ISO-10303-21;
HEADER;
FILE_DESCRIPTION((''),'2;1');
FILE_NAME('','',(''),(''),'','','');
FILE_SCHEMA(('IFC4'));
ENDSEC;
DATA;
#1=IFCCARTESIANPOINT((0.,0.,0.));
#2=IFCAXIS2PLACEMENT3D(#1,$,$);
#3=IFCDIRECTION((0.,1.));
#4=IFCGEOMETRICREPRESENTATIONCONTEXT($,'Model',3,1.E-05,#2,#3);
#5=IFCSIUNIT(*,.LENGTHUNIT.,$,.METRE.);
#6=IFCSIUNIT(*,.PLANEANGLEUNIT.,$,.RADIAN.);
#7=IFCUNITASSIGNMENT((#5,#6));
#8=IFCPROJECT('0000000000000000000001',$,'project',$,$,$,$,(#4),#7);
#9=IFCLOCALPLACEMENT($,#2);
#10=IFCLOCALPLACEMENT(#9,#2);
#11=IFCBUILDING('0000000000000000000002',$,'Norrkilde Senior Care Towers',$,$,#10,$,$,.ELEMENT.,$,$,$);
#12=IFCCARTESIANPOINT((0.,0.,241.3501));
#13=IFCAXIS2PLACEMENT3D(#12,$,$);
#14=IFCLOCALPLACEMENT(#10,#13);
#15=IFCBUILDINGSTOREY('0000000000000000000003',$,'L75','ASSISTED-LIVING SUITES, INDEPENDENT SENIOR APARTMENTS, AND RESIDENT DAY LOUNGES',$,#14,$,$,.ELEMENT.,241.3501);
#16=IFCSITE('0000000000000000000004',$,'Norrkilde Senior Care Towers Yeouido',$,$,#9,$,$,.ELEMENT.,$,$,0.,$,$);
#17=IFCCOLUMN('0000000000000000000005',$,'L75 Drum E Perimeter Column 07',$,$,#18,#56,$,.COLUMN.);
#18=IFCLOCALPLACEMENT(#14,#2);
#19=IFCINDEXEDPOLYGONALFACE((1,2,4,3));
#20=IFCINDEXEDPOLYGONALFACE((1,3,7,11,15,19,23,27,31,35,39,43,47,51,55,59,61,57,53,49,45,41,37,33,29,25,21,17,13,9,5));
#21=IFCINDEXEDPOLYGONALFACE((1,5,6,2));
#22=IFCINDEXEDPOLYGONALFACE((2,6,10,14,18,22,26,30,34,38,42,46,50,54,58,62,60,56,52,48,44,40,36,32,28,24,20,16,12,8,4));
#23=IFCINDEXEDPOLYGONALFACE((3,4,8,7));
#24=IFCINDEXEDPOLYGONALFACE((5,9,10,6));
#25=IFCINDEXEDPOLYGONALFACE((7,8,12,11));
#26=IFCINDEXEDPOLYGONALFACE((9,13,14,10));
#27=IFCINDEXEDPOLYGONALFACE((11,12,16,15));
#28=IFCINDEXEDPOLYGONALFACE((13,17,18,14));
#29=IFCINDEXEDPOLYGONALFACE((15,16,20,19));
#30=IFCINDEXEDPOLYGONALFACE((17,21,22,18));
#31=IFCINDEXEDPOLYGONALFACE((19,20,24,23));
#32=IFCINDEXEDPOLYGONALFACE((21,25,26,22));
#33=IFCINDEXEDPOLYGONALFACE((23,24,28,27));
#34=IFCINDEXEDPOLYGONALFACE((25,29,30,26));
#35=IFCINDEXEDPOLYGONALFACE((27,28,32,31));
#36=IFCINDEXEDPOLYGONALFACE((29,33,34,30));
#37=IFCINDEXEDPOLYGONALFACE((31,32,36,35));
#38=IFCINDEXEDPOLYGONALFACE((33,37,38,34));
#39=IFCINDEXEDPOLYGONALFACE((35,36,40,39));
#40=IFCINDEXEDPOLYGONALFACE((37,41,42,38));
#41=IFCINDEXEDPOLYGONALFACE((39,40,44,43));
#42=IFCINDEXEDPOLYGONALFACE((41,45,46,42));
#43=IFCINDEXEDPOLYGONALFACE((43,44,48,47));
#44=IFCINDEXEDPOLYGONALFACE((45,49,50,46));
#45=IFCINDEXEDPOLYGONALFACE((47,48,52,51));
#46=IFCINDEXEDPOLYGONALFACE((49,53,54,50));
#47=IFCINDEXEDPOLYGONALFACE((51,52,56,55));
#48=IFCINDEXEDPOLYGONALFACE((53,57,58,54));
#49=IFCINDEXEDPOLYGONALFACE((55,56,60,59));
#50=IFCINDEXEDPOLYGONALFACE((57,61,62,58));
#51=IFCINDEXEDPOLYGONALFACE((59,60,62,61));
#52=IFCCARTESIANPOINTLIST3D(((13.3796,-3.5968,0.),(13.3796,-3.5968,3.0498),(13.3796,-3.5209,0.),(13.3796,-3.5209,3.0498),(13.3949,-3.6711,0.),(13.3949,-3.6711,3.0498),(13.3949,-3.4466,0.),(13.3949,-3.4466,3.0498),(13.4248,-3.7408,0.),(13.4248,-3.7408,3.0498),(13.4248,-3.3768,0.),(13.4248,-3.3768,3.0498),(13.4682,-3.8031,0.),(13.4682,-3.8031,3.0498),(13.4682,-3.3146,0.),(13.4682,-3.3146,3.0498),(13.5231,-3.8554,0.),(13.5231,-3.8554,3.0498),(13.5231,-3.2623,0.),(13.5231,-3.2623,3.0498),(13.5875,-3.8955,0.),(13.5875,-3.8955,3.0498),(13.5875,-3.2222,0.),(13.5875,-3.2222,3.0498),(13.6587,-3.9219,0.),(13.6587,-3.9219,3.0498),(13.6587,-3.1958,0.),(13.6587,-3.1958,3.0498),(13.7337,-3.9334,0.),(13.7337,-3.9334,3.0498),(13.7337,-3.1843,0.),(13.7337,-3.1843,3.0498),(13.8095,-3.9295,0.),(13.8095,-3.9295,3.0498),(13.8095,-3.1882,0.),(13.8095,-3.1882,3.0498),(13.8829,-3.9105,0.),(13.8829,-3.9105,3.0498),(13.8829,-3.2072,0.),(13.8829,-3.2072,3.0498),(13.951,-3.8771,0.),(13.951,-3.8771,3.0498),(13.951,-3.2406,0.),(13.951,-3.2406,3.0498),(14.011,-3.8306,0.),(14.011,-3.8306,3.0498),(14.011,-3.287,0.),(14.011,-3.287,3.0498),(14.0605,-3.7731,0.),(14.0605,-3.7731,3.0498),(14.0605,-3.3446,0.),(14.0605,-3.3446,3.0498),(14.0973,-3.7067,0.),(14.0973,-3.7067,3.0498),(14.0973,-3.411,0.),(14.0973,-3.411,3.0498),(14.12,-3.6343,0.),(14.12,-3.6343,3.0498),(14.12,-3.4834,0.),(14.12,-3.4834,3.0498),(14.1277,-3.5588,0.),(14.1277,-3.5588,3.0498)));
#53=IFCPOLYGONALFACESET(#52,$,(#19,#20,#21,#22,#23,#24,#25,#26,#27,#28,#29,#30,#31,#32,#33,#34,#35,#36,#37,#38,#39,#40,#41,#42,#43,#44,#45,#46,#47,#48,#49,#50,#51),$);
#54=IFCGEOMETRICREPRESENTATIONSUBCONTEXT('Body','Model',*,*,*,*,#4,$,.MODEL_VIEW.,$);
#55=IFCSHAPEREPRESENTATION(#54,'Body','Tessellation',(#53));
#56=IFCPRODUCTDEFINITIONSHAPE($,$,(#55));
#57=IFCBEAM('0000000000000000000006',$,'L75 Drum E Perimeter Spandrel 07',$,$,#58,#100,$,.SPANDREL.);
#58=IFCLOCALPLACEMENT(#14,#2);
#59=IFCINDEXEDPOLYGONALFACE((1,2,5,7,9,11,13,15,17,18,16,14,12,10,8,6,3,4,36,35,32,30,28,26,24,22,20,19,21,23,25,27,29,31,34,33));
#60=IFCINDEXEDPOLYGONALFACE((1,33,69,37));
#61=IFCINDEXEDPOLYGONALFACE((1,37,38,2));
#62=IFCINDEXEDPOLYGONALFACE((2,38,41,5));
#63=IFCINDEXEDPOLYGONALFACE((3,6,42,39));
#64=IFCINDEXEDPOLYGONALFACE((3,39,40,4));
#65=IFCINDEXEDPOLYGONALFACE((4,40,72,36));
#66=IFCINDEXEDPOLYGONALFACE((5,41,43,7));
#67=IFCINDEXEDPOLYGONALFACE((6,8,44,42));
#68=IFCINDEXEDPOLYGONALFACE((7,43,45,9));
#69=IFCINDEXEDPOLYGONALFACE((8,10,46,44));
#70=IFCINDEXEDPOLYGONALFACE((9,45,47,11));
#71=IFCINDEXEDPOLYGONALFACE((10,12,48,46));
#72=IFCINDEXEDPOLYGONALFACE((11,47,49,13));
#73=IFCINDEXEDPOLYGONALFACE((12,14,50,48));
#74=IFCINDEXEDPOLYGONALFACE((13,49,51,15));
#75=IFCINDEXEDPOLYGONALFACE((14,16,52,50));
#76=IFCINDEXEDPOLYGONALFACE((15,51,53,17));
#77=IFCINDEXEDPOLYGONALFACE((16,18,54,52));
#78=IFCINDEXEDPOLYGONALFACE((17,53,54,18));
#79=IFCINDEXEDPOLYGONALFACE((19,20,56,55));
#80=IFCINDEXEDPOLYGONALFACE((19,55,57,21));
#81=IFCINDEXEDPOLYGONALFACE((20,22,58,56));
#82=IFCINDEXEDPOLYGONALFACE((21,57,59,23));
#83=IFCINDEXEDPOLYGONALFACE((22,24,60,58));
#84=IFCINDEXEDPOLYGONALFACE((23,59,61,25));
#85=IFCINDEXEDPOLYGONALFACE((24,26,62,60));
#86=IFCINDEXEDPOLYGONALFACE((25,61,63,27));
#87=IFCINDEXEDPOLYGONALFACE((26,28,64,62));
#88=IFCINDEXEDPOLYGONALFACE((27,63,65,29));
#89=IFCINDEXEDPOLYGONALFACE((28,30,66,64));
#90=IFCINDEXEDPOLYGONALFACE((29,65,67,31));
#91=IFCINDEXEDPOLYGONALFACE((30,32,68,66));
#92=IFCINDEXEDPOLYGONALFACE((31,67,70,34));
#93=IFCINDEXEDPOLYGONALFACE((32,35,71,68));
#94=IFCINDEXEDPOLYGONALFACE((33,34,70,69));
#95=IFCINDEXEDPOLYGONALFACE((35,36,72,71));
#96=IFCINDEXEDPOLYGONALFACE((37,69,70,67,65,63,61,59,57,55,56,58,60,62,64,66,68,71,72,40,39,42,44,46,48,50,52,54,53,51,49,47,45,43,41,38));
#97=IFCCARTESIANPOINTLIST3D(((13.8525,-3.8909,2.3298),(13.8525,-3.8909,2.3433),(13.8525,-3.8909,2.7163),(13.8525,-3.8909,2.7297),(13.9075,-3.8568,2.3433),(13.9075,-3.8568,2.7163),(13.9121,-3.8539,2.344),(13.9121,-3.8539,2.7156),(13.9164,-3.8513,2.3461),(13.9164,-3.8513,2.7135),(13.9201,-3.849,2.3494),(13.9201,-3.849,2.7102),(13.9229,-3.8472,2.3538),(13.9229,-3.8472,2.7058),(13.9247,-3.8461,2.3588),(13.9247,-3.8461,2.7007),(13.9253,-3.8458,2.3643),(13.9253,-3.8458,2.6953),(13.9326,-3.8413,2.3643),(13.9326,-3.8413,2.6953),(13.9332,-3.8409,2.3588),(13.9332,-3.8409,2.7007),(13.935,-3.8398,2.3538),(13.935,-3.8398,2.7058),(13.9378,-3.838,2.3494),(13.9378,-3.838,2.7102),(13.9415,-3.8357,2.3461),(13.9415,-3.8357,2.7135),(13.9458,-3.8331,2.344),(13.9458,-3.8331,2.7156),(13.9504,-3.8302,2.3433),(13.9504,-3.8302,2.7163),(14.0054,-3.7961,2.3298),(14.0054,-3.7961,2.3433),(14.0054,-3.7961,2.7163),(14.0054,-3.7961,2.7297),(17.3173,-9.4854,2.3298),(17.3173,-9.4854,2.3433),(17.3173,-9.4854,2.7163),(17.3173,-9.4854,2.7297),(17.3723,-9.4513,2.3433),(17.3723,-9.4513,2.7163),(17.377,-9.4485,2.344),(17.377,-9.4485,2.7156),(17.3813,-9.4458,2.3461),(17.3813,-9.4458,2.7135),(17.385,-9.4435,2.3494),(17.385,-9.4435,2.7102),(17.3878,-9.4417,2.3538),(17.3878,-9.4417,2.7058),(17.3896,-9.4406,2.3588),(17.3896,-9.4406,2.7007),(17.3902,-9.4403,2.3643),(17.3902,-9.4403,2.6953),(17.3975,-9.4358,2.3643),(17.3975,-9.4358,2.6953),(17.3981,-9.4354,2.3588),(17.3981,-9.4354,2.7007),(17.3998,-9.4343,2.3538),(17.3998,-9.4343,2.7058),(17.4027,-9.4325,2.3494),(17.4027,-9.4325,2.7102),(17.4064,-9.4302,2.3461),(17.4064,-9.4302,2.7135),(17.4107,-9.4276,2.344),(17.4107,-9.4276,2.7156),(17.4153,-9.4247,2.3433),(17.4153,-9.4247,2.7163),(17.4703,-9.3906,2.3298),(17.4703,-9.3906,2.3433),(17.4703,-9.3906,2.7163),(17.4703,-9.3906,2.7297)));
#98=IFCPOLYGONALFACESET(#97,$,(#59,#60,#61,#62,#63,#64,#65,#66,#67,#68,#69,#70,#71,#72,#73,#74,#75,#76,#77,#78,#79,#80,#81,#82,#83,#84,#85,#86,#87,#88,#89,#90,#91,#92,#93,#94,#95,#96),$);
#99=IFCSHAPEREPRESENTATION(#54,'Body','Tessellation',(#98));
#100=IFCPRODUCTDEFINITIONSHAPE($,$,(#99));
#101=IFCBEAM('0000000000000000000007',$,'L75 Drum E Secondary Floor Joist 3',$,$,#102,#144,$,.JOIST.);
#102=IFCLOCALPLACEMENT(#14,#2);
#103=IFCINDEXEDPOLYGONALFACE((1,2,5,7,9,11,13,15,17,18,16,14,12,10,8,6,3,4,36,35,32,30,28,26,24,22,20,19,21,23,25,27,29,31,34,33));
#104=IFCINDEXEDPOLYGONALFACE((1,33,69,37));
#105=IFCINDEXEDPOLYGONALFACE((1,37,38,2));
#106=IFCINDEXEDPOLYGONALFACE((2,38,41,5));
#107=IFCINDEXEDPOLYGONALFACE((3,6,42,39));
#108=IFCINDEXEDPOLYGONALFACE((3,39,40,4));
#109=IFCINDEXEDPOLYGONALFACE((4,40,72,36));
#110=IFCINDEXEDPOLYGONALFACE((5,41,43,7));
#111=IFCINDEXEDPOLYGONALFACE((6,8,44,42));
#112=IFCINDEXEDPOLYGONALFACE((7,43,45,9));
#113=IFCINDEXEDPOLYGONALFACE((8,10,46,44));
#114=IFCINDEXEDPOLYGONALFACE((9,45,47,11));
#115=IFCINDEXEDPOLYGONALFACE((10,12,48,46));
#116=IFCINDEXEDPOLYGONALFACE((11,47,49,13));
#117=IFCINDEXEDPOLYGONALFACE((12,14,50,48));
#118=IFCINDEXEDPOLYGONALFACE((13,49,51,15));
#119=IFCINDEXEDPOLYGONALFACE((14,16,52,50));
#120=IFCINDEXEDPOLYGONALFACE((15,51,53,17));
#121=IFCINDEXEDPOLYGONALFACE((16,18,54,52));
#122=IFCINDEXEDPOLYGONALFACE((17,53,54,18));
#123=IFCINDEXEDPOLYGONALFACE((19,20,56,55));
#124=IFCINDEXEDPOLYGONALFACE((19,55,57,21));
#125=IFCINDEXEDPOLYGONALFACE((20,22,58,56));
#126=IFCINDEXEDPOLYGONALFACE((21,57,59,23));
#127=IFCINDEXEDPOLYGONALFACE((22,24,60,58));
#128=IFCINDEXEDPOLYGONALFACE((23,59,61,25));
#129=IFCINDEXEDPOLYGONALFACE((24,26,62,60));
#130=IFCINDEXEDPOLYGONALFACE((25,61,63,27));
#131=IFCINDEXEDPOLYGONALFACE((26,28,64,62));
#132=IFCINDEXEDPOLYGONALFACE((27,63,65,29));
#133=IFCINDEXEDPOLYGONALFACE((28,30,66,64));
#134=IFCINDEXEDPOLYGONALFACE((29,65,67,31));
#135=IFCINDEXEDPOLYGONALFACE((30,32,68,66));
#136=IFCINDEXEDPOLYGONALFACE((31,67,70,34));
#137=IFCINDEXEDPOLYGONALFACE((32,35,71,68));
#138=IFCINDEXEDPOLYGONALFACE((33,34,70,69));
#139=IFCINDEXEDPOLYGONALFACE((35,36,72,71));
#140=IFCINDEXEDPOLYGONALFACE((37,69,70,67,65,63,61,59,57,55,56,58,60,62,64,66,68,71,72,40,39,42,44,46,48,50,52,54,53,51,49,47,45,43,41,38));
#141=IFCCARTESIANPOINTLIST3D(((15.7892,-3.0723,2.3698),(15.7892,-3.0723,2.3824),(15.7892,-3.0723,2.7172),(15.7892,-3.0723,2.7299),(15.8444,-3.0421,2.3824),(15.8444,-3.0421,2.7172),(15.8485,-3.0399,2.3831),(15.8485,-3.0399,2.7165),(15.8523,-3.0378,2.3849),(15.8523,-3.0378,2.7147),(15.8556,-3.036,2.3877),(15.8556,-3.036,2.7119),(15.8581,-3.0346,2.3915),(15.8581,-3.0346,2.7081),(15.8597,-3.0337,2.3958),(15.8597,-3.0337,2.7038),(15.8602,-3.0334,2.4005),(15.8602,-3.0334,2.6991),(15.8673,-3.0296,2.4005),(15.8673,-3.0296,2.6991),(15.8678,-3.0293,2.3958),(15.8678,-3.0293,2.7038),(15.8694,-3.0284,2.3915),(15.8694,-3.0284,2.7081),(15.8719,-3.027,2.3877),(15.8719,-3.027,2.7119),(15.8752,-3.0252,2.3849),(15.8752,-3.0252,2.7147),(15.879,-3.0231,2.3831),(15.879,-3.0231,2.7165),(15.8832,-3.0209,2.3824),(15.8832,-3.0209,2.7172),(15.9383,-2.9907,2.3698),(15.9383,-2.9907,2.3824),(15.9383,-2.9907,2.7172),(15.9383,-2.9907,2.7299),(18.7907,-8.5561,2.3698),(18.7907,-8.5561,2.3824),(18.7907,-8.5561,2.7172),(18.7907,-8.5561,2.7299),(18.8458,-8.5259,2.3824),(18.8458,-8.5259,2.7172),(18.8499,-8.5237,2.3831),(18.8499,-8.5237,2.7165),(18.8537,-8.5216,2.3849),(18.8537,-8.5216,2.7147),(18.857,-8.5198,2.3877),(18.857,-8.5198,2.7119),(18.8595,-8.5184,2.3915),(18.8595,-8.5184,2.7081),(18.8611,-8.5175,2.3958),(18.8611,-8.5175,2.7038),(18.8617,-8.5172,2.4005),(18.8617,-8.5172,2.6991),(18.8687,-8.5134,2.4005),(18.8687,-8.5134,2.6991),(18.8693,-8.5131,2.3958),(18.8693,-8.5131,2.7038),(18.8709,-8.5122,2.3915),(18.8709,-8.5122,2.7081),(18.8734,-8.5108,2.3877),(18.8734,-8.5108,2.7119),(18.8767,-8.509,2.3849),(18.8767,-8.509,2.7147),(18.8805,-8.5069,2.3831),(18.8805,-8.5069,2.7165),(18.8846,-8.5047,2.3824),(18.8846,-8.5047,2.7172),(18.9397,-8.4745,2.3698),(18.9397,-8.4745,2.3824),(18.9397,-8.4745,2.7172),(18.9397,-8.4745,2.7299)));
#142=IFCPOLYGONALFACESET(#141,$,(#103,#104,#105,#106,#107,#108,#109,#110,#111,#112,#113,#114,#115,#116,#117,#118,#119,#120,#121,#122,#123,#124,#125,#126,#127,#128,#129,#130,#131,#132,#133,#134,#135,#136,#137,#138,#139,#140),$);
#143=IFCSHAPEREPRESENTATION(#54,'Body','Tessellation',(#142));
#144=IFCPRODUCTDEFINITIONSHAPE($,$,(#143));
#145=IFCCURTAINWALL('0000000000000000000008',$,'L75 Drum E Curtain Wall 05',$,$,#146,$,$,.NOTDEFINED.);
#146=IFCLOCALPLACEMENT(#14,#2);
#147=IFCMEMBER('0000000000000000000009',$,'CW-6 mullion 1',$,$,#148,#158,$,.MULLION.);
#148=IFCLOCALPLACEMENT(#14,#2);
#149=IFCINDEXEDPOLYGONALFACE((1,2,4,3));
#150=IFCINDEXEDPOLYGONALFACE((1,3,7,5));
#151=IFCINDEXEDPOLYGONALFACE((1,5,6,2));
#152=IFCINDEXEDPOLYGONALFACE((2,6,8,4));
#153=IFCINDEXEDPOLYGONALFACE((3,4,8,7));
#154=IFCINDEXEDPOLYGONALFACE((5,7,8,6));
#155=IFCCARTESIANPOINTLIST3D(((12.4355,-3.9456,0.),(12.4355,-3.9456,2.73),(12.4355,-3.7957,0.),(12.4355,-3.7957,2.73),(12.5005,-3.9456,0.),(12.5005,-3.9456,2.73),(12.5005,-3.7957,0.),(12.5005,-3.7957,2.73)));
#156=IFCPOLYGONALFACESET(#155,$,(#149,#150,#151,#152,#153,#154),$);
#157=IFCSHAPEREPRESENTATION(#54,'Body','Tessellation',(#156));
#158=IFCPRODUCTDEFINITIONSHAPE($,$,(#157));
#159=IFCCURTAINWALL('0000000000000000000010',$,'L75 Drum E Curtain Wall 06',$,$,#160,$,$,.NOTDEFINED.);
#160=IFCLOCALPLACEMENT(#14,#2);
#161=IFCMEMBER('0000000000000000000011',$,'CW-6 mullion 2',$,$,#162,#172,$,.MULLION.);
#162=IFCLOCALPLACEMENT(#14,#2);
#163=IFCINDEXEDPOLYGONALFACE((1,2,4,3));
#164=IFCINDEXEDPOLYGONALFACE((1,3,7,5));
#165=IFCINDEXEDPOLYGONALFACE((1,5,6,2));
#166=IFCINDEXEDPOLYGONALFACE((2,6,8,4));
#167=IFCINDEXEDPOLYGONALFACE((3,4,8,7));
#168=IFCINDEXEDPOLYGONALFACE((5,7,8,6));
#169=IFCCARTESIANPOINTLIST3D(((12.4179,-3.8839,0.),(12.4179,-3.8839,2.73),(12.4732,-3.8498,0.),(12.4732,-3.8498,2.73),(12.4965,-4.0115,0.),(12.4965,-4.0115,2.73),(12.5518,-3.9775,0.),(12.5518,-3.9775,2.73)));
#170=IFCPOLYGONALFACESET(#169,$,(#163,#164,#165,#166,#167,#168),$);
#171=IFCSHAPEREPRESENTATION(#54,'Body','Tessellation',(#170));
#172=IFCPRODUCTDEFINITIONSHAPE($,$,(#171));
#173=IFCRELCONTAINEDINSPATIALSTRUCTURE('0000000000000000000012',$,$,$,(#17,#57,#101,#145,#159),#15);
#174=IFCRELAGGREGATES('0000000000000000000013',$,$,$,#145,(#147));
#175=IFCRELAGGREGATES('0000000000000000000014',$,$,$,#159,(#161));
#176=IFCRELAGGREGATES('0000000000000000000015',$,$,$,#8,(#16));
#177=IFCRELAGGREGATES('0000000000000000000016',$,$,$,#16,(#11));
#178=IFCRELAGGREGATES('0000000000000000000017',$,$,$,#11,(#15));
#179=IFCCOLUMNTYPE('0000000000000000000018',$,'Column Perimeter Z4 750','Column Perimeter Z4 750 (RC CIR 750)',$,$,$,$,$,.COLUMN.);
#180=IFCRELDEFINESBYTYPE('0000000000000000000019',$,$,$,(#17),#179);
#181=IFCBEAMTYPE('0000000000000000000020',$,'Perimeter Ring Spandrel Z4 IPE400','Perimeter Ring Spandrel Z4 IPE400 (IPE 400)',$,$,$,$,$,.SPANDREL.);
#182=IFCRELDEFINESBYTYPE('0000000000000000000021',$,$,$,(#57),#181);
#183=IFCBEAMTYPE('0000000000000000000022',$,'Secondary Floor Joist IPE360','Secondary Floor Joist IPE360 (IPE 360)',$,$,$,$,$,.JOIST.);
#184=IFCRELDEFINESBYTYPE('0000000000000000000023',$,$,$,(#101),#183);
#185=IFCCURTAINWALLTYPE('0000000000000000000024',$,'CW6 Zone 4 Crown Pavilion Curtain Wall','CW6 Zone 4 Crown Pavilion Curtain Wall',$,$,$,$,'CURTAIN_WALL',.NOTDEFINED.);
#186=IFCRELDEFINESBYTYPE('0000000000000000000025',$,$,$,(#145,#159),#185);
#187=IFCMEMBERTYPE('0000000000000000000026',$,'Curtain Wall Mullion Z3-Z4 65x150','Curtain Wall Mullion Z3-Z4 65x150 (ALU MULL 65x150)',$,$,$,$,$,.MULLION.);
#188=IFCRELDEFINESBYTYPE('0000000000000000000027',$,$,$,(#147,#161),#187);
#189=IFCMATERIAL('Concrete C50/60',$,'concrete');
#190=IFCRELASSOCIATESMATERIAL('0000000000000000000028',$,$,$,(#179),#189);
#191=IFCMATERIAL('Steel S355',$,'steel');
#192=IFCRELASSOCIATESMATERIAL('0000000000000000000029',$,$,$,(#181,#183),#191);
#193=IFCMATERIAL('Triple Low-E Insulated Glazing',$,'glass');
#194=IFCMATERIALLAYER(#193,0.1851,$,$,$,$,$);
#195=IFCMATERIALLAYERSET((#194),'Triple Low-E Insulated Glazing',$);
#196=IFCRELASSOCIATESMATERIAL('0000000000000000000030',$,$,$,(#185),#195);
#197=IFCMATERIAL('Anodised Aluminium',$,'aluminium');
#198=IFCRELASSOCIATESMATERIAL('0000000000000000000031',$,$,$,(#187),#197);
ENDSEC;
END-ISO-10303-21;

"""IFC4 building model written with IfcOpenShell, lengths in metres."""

from ifc_helpers import new_model, si_unit, direction, frame, origin, origin_2d, place, context, subcontext, project, spatial, rectangle, circle, i_section, extrude, source, transform, mapped, material, layer, layer_set, material_profile, profile_set, type_object, type_shapes, element, aggregate, save


model = new_model("IFC4")

# Units and contexts
model_context = context("Model", 3, precision=1e-05, world=origin(), true_north=direction((0.0, 1.0)))
body_context = subcontext(model_context, "Body", "Model", "MODEL_VIEW")
ifc_project = project(units=[si_unit("LENGTHUNIT", "METRE"), si_unit("PLANEANGLEUNIT", "RADIAN")], contexts=[model_context])

# Site, building, storey
site_placement = place(None, origin())
site = spatial("IfcSite", under=ifc_project, at=site_placement, Name="Norrkilde Senior Care Towers Yeouido", CompositionType="ELEMENT", RefElevation=0.0)
building_placement = place(site_placement, origin())
building = spatial("IfcBuilding", under=site, at=building_placement, Name="Norrkilde Senior Care Towers", CompositionType="ELEMENT")
storey_placement = place(building_placement, frame((0.0, 0.0, 241.3501)))
storey = spatial("IfcBuildingStorey", under=building, at=storey_placement, Name="L75", Description="ASSISTED-LIVING SUITES, INDEPENDENT SENIOR APARTMENTS, AND RESIDENT DAY LOUNGES", CompositionType="ELEMENT", Elevation=241.3501)

# Column
ifc_material_1 = material(Name="Concrete C50/60", Category="concrete")
ifc_material_profile_1 = material_profile(ifc_material_1, circle(Radius=0.375, at=origin_2d()), Name="RC CIR 750")
ifc_profile_set_1 = profile_set([ifc_material_profile_1], Name="Concrete C50/60")
column_type = type_object("IfcColumnType", Name="Column Perimeter Z4 750", Description="Column Perimeter Z4 750 (RC CIR 750)", PredefinedType="COLUMN", material=ifc_profile_set_1)
shared_shape_1 = source(origin(), body_context, "Body", "SweptSolid", [
    extrude(circle(Radius=0.375, at=origin_2d()), origin(), (0.0, 0.0, 1.0), 3.0498),
])
type_shapes(column_type, [shared_shape_1])
column_placement = place(storey_placement, frame((13.7527, -3.5588, 0.0), z_axis=(0.0, 0.0, 1.0), x_axis=(1.0, 0.0, 0.0)))
element("IfcColumn", 1, at=column_placement, inside=storey, type_object=column_type, Name="L75 Drum E Perimeter Column 07", PredefinedType="COLUMN", context=body_context, shape_type="MappedRepresentation", body=[
    mapped(shared_shape_1, transform((0.0, 0.0, 0.0), x_axis=(1.0, 0.0, 0.0), y_axis=(0.0, 1.0, 0.0), z_axis=(0.0, 0.0, 1.0), scale=1.0)),
])

# Beams
ifc_material_2 = material(Name="Steel S355", Category="steel")
ifc_material_profile_2 = material_profile(ifc_material_2, i_section(OverallWidth=0.1799, OverallDepth=0.3999, WebThickness=0.0085, FlangeThickness=0.0134, FilletRadius=0.021, at=origin_2d()), Name="IPE 400")
ifc_profile_set_2 = profile_set([ifc_material_profile_2], Name="Steel S355")
beam_type_1 = type_object("IfcBeamType", Name="Perimeter Ring Spandrel Z4 IPE400", Description="Perimeter Ring Spandrel Z4 IPE400 (IPE 400)", PredefinedType="SPANDREL", material=ifc_profile_set_2)
shared_shape_2 = source(origin(), body_context, "Body", "SweptSolid", [
    extrude(i_section(OverallWidth=0.1799, OverallDepth=0.3999, WebThickness=0.0085, FlangeThickness=0.0134, FilletRadius=0.021, at=origin_2d()), origin(), (0.0, 0.0, 1.0), 6.5806),
])
type_shapes(beam_type_1, [shared_shape_2])
beam_1_placement = place(storey_placement, frame((13.929, -3.8435, 2.5298), z_axis=(0.52653, -0.850157, 0.0), x_axis=(0.850157, 0.52653, 0.0)))
element("IfcBeam", 2, at=beam_1_placement, inside=storey, type_object=beam_type_1, Name="L75 Drum E Perimeter Spandrel 07", PredefinedType="SPANDREL", context=body_context, shape_type="MappedRepresentation", body=[
    mapped(shared_shape_2, transform((0.0, 0.0, 0.0), x_axis=(1.0, 0.0, 0.0), y_axis=(0.0, 1.0, 0.0), z_axis=(0.0, 0.0, 1.0), scale=1.0)),
])
ifc_material_profile_3 = material_profile(ifc_material_2, i_section(OverallWidth=0.1699, OverallDepth=0.3601, WebThickness=0.0081, FlangeThickness=0.0127, FilletRadius=0.0181, at=origin_2d()), Name="IPE 360")
ifc_profile_set_3 = profile_set([ifc_material_profile_3], Name="Steel S355")
beam_type_2 = type_object("IfcBeamType", Name="Secondary Floor Joist IPE360", Description="Secondary Floor Joist IPE360 (IPE 360)", PredefinedType="JOIST", material=ifc_profile_set_3)
shared_shape_3 = source(origin(), body_context, "Body", "SweptSolid", [
    extrude(i_section(OverallWidth=0.1699, OverallDepth=0.3601, WebThickness=0.0081, FlangeThickness=0.0127, FilletRadius=0.0181, at=origin_2d()), origin(), (0.0, 0.0, 1.0), 6.2515),
])
type_shapes(beam_type_2, [shared_shape_3])
beam_2_placement = place(storey_placement, frame((15.8638, -3.0315, 2.5498), z_axis=(0.480116, -0.877205, 0.0), x_axis=(0.877205, 0.480116, 0.0)))
element("IfcBeam", 3, at=beam_2_placement, inside=storey, type_object=beam_type_2, Name="L75 Drum E Secondary Floor Joist 3", PredefinedType="JOIST", context=body_context, shape_type="MappedRepresentation", body=[
    mapped(shared_shape_3, transform((0.0, 0.0, 0.0), x_axis=(1.0, 0.0, 0.0), y_axis=(0.0, 1.0, 0.0), z_axis=(0.0, 0.0, 1.0), scale=1.0)),
])

# Curtain wall, member
ifc_material_3 = material(Name="Triple Low-E Insulated Glazing", Category="glass")
ifc_layer_1 = layer(ifc_material_3, 0.1851)
ifc_layer_set_1 = layer_set([ifc_layer_1], Name="Triple Low-E Insulated Glazing")
curtain_wall_type = type_object("IfcCurtainWallType", Name="CW6 Zone 4 Crown Pavilion Curtain Wall", Description="CW6 Zone 4 Crown Pavilion Curtain Wall", ElementType="CURTAIN_WALL", PredefinedType="NOTDEFINED", material=ifc_layer_set_1)
curtain_wall_1_placement = place(storey_placement, origin())
curtain_wall_1 = element("IfcCurtainWall", 4, at=curtain_wall_1_placement, inside=storey, type_object=curtain_wall_type, Name="L75 Drum E Curtain Wall 05", PredefinedType="NOTDEFINED")
ifc_material_4 = material(Name="Anodised Aluminium", Category="aluminium")
ifc_material_profile_4 = material_profile(ifc_material_4, rectangle(XDim=0.0649, YDim=0.1499, at=origin_2d()), Name="ALU MULL 65x150")
ifc_profile_set_4 = profile_set([ifc_material_profile_4], Name="Anodised Aluminium")
member_type_1 = type_object("IfcMemberType", Name="Curtain Wall Mullion Z3-Z4 65x150", Description="Curtain Wall Mullion Z3-Z4 65x150 (ALU MULL 65x150)", PredefinedType="MULLION", material=ifc_profile_set_4)
shared_shape_4 = source(origin(), body_context, "Body", "SweptSolid", [
    extrude(rectangle(XDim=0.0649, YDim=0.1499, at=origin_2d()), origin(), (0.0, 0.0, 1.0), 2.73),
])
type_shapes(member_type_1, [shared_shape_4])
member_1_placement = place(storey_placement, frame((12.468, -3.8706, 0.0), z_axis=(0.0, 0.0, 1.0), x_axis=(-1.0, 0.0, 0.0)))
member_1 = element("IfcMember", 5, at=member_1_placement, type_object=member_type_1, Name="CW-6 mullion 1", PredefinedType="MULLION", context=body_context, shape_type="MappedRepresentation", body=[
    mapped(shared_shape_4, transform((0.0, 0.0, 0.0), x_axis=(1.0, 0.0, 0.0), y_axis=(0.0, 1.0, 0.0), z_axis=(0.0, 0.0, 1.0), scale=1.0)),
])

# Curtain wall, member
curtain_wall_2_placement = place(storey_placement, origin())
curtain_wall_2 = element("IfcCurtainWall", 6, at=curtain_wall_2_placement, inside=storey, type_object=curtain_wall_type, Name="L75 Drum E Curtain Wall 06", PredefinedType="NOTDEFINED")
member_2_placement = place(storey_placement, frame((12.4849, -3.9307, 0.0), z_axis=(0.0, 0.0, 1.0), x_axis=(-0.851563, -0.524253, 0.0)))
member_2 = element("IfcMember", 7, at=member_2_placement, type_object=member_type_1, Name="CW-6 mullion 2", PredefinedType="MULLION", context=body_context, shape_type="MappedRepresentation", body=[
    mapped(shared_shape_4, transform((0.0, 0.0, 0.0), x_axis=(1.0, 0.0, 0.0), y_axis=(0.0, 1.0, 0.0), z_axis=(0.0, 0.0, 1.0), scale=1.0)),
])

aggregate(curtain_wall_1, [member_1])

aggregate(curtain_wall_2, [member_2])

save(model, "model.ifc")
